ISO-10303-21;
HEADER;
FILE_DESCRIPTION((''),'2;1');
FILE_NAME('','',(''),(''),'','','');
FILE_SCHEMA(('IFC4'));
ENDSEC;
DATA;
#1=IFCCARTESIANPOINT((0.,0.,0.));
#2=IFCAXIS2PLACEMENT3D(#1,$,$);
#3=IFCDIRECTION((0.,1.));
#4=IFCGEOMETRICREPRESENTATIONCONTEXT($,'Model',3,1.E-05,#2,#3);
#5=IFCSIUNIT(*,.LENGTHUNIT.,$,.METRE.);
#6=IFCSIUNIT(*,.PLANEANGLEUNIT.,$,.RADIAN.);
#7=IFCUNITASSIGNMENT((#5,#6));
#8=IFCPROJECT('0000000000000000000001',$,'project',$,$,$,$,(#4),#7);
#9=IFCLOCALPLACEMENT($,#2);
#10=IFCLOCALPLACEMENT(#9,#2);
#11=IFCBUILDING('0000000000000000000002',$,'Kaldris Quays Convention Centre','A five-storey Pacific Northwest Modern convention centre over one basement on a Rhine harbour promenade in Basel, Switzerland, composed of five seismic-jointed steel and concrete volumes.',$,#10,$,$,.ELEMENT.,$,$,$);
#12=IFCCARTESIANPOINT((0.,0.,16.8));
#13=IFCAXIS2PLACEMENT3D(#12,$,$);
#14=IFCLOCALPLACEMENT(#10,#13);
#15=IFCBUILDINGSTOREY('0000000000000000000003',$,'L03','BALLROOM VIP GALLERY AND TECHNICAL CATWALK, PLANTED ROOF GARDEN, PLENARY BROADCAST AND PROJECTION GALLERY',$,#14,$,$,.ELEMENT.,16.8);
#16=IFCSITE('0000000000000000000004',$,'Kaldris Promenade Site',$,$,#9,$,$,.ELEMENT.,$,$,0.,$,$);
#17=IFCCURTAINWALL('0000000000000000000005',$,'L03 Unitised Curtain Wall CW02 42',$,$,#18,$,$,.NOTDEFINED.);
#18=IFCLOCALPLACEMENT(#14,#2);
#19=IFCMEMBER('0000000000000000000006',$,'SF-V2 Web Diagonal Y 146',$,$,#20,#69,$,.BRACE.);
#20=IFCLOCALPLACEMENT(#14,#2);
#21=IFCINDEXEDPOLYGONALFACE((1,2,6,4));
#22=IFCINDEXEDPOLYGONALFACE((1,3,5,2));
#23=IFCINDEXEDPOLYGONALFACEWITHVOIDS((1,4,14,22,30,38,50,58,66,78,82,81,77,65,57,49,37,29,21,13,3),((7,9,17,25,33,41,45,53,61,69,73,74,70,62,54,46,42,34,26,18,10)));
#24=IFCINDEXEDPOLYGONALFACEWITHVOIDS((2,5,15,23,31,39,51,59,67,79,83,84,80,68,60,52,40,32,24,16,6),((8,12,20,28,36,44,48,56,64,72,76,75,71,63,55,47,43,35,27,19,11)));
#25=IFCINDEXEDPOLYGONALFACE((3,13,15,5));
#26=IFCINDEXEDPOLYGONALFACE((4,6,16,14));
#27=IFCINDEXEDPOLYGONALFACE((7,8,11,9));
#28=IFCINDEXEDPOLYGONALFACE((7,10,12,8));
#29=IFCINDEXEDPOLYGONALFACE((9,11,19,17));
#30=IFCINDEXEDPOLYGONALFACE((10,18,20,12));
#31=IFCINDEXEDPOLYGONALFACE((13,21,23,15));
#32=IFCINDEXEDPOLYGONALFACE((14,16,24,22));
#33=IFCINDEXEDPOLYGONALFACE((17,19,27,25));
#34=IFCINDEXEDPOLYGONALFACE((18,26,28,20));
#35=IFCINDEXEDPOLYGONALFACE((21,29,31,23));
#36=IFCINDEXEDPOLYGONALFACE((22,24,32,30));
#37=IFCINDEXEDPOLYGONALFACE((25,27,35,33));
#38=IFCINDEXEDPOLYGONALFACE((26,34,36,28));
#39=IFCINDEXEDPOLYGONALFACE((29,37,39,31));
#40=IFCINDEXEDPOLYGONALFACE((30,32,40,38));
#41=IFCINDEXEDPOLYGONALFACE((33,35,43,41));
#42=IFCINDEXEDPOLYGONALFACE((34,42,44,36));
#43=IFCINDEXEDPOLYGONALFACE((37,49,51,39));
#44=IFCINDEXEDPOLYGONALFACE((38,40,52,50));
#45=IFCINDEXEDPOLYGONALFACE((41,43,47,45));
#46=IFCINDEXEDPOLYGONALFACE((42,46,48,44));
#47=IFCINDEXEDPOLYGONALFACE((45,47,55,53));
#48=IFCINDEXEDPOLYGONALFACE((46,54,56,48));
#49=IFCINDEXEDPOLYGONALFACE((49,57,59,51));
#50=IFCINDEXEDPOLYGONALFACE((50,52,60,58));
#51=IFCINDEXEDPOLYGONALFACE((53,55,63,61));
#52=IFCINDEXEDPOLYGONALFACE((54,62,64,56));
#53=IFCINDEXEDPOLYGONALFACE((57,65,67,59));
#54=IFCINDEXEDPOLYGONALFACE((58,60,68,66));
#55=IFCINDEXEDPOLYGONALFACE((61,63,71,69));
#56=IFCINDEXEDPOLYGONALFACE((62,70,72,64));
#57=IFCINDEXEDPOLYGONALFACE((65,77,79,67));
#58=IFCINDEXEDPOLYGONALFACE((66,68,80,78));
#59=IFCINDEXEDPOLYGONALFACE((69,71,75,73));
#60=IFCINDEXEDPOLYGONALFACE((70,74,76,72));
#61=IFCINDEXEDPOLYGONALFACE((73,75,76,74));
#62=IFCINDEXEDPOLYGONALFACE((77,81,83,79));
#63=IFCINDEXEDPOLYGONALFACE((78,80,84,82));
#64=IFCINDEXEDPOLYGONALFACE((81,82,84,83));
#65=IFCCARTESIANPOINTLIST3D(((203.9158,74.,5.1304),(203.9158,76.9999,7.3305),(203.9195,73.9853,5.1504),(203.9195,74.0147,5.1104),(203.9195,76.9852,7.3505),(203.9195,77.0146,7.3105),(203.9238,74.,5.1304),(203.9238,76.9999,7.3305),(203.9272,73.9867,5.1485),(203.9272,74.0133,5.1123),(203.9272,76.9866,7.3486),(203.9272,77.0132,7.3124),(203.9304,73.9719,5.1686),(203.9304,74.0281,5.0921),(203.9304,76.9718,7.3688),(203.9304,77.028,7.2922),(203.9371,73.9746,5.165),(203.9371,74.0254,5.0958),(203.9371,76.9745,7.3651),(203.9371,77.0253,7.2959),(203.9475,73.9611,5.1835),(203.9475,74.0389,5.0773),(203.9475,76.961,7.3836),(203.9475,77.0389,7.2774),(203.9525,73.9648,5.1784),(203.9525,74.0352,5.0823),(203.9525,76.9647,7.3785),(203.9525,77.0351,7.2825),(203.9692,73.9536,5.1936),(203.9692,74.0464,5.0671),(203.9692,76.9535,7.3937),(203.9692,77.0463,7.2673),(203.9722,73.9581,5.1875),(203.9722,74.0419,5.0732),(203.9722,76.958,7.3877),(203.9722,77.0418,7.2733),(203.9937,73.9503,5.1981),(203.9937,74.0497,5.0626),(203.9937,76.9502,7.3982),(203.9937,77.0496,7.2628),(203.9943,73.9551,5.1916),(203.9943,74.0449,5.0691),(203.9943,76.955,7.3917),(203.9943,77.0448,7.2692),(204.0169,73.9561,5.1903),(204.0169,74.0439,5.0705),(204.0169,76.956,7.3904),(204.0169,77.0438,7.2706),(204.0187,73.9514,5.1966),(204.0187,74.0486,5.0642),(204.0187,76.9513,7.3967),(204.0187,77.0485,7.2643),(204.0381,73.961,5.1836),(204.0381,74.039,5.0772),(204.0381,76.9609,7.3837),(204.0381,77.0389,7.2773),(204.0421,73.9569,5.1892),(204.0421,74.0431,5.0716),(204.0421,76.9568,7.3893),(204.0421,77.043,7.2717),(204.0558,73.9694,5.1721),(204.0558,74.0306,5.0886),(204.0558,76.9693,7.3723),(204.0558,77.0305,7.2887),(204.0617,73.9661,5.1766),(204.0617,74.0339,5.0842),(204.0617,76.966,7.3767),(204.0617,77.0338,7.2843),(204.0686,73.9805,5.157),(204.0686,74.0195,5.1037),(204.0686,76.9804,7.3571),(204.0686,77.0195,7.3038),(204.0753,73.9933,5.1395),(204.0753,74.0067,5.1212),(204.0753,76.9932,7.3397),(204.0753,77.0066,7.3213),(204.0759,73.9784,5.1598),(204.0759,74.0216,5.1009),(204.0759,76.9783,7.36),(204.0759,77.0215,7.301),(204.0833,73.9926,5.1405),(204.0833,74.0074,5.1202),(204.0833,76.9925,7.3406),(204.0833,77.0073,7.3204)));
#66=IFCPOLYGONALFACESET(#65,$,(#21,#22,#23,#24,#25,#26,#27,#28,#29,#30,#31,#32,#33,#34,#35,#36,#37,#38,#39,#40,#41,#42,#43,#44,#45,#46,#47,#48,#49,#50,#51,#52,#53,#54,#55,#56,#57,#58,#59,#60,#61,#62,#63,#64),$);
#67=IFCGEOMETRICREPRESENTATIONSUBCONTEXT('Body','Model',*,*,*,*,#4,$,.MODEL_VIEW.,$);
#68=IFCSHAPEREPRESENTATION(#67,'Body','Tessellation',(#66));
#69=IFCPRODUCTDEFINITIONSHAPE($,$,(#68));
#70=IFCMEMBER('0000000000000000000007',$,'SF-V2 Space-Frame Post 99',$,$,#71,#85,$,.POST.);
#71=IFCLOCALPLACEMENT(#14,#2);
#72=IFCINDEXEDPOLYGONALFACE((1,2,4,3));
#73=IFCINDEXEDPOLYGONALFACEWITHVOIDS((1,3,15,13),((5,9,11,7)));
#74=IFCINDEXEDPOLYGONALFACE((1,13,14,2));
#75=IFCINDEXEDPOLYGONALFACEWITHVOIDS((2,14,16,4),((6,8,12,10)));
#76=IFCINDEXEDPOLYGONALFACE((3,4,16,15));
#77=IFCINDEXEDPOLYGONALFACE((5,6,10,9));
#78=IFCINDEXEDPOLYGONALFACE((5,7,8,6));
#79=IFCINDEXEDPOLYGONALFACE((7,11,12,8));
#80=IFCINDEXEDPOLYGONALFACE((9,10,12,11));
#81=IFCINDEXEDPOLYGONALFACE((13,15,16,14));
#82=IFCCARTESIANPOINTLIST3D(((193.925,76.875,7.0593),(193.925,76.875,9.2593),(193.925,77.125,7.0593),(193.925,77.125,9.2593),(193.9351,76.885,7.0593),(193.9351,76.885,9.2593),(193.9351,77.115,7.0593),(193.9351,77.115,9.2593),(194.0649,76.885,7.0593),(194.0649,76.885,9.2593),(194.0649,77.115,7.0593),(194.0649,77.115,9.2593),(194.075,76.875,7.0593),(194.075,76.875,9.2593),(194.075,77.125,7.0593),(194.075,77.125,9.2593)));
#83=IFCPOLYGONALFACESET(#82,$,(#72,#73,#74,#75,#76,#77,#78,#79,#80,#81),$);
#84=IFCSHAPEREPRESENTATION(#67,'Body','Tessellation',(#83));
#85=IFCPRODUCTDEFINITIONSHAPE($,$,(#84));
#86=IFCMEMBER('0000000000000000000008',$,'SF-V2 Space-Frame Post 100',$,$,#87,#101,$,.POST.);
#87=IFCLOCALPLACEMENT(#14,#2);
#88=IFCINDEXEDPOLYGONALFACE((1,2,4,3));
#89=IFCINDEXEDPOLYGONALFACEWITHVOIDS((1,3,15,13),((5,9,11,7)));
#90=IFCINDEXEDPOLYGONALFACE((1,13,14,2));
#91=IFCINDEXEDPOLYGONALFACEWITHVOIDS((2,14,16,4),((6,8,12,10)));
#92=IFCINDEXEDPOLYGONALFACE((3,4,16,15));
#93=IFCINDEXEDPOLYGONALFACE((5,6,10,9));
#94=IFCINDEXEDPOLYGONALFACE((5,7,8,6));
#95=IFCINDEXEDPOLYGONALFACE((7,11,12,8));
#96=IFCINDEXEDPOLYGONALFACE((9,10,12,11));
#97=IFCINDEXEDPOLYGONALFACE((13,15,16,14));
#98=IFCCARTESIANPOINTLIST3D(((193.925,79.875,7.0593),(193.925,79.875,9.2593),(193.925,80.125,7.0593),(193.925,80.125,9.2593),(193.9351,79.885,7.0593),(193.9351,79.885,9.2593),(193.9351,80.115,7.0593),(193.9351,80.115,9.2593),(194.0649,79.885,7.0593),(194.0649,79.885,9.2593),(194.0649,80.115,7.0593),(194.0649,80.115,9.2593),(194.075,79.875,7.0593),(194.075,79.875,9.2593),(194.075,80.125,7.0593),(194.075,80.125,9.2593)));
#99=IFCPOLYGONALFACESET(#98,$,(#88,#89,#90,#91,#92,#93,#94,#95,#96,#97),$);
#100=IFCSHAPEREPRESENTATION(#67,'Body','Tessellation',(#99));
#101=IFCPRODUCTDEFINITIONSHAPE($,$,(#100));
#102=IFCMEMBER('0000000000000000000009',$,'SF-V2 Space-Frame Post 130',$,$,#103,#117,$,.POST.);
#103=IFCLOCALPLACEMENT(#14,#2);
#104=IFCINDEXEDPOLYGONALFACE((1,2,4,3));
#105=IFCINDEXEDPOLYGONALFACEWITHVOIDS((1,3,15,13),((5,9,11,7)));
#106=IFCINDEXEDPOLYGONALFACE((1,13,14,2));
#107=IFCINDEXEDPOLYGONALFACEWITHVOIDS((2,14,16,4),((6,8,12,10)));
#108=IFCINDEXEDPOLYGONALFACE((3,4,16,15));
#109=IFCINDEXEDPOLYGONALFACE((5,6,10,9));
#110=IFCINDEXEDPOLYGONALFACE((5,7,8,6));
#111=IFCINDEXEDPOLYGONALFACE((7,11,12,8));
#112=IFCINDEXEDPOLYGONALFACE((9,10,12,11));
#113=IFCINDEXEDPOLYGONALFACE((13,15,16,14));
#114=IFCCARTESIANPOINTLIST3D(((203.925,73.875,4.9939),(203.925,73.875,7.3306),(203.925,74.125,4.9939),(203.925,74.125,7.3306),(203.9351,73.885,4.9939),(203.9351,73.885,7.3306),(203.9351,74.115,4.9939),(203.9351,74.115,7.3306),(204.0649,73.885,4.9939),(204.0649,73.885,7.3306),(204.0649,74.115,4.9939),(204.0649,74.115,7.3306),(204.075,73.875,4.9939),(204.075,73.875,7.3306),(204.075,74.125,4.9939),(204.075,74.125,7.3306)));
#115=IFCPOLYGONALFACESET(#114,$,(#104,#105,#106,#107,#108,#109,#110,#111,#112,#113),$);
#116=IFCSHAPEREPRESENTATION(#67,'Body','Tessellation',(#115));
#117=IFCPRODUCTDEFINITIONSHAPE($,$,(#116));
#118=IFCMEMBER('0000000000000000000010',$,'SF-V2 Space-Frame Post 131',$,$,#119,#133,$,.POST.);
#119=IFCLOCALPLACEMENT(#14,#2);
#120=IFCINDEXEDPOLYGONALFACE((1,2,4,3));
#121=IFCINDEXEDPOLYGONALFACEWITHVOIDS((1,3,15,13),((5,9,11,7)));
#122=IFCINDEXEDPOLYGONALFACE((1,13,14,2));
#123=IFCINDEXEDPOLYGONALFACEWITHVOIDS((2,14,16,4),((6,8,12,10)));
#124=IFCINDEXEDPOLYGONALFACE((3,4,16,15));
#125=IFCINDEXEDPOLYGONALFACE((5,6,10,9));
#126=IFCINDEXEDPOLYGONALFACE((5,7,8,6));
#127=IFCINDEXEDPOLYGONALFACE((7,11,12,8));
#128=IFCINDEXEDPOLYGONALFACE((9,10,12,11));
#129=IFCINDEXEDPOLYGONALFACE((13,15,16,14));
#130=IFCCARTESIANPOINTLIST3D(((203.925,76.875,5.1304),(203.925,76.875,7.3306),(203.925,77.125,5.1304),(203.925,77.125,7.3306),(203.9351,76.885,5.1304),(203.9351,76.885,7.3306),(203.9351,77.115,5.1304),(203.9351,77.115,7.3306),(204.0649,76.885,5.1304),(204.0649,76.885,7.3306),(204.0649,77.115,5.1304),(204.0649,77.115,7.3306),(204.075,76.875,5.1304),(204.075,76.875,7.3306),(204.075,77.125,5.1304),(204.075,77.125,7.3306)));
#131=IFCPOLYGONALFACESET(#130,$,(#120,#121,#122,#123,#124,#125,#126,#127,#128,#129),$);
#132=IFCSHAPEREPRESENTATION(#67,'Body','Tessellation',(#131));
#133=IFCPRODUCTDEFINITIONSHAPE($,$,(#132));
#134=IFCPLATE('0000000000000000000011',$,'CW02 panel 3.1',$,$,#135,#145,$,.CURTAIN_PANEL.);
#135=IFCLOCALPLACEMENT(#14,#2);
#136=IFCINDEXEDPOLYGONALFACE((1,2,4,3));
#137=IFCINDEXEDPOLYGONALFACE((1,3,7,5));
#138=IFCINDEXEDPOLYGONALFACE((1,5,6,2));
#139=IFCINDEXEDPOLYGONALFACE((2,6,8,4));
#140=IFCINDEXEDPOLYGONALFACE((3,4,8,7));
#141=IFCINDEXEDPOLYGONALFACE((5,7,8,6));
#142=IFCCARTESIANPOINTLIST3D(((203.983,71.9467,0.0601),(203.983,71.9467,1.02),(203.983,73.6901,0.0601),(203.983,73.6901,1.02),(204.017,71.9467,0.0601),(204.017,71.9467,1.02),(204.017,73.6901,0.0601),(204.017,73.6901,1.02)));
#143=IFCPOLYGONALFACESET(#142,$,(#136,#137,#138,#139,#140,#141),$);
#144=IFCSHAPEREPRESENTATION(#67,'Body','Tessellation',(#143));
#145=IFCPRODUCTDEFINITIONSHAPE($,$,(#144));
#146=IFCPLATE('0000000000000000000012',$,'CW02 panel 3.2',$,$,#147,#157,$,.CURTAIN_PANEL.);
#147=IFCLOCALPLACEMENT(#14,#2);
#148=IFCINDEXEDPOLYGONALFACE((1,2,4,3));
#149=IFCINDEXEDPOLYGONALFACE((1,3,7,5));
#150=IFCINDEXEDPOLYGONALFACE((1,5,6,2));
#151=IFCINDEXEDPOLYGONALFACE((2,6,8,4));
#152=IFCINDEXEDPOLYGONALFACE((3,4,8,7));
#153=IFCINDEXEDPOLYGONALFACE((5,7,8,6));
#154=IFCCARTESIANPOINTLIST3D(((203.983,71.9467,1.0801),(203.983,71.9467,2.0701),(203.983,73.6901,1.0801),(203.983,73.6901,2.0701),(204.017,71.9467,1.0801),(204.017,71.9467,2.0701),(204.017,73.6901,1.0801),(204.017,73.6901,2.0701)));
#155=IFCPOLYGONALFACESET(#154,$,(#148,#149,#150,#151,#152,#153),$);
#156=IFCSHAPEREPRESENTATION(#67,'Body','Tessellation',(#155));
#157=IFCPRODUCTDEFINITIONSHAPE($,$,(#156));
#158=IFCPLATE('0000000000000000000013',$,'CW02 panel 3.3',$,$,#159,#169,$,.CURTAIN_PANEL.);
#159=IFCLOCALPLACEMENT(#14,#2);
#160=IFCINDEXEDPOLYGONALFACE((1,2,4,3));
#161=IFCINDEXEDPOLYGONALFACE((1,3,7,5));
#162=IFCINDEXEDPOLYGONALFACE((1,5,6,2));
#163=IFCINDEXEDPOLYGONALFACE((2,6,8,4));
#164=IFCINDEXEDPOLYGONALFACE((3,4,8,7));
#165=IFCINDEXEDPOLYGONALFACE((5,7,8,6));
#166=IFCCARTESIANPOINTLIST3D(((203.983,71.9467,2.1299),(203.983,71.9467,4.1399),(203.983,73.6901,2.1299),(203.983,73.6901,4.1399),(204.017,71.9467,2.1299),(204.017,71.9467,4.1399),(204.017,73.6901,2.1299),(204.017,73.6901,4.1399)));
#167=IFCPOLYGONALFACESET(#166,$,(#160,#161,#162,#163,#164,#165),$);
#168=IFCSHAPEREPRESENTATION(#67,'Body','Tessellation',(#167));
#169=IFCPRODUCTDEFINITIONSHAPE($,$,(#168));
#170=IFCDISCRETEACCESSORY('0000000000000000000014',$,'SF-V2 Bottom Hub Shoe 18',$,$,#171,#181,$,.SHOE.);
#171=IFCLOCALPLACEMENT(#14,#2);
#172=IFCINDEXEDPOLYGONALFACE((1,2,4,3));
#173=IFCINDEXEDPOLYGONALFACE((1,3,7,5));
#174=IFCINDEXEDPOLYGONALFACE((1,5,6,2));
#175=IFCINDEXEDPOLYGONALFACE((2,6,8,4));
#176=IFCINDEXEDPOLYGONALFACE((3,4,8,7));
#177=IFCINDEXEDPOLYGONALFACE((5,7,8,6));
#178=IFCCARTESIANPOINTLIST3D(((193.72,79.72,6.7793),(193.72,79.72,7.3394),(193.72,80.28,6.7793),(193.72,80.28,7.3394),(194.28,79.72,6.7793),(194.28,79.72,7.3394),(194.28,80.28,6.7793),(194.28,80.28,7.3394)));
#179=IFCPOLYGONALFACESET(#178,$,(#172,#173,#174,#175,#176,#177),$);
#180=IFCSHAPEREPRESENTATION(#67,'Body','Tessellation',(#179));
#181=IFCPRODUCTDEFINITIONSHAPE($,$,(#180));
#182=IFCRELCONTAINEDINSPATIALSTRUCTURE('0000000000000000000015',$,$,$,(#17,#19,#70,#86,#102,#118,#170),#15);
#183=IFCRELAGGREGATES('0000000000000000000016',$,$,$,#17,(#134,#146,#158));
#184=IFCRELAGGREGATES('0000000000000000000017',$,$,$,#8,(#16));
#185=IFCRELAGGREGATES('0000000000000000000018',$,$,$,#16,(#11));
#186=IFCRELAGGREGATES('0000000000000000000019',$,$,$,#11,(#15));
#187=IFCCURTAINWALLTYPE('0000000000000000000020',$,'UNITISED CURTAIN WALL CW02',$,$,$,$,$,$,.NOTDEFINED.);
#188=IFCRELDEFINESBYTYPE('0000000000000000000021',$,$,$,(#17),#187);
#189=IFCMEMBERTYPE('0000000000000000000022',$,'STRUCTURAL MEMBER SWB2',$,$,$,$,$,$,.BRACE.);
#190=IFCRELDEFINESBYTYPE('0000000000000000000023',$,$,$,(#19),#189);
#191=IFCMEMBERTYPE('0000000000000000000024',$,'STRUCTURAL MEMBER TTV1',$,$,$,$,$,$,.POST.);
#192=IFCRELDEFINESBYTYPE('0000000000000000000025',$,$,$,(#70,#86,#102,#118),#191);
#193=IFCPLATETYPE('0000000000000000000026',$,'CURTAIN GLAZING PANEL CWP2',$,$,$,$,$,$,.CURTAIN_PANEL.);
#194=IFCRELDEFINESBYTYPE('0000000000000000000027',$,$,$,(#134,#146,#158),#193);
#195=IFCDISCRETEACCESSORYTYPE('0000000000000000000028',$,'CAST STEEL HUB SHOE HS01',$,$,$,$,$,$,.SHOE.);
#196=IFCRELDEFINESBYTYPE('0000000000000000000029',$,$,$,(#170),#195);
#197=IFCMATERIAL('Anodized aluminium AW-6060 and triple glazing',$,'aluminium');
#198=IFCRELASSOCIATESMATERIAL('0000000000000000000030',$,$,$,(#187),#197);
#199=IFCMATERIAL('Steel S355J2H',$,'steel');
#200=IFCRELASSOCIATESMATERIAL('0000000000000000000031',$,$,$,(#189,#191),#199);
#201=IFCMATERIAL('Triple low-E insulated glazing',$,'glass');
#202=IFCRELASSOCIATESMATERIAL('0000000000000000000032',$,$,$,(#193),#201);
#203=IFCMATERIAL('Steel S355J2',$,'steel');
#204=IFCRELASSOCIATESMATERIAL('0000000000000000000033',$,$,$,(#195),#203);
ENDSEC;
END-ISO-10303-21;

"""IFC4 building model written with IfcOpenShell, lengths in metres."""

from ifc_helpers import new_model, si_unit, direction, frame, origin, origin_2d, place, context, subcontext, project, spatial, rectangle, hollow_rectangle, hollow_circle, extrude, material, material_profile, profile_set, type_object, element, aggregate, save


model = new_model("IFC4")

# Units and contexts
model_context = context("Model", 3, precision=1e-05, world=origin(), true_north=direction((0.0, 1.0)))
body_context = subcontext(model_context, "Body", "Model", "MODEL_VIEW")
ifc_project = project(units=[si_unit("LENGTHUNIT", "METRE"), si_unit("PLANEANGLEUNIT", "RADIAN")], contexts=[model_context])

# Site, building, storey
site_placement = place(None, origin())
site = spatial("IfcSite", under=ifc_project, at=site_placement, Name="Kaldris Promenade Site", CompositionType="ELEMENT", RefElevation=0.0)
building_placement = place(site_placement, origin())
building = spatial("IfcBuilding", under=site, at=building_placement, Name="Kaldris Quays Convention Centre", Description="A five-storey Pacific Northwest Modern convention centre over one basement on a Rhine harbour promenade in Basel, Switzerland, composed of five seismic-jointed steel and concrete volumes.", CompositionType="ELEMENT")
storey_placement = place(building_placement, frame((0.0, 0.0, 16.8)))
storey = spatial("IfcBuildingStorey", under=building, at=storey_placement, Name="L03", Description="BALLROOM VIP GALLERY AND TECHNICAL CATWALK, PLANTED ROOF GARDEN, PLENARY BROADCAST AND PROJECTION GALLERY", CompositionType="ELEMENT", Elevation=16.8)

# Shared definitions
ifc_material_1 = material(Name="Steel S355J2", Category="steel")

# Curtain wall
ifc_material_2 = material(Name="Anodized aluminium AW-6060 and triple glazing", Category="aluminium")
curtain_wall_type = type_object("IfcCurtainWallType", Name="UNITISED CURTAIN WALL CW02", PredefinedType="NOTDEFINED", material=ifc_material_2)
curtain_wall_placement = place(storey_placement, origin())
curtain_wall = element("IfcCurtainWall", 1, at=curtain_wall_placement, inside=storey, type_object=curtain_wall_type, Name="L03 Unitised Curtain Wall CW02 42", PredefinedType="NOTDEFINED")

# Members
ifc_material_3 = material(Name="Steel S355J2H", Category="steel")
ifc_material_profile_1 = material_profile(ifc_material_3, hollow_circle(Radius=0.0842, WallThickness=0.0081, at=origin_2d()), Name="CHS 168.3x8")
ifc_profile_set_1 = profile_set([ifc_material_profile_1], Name="Steel S355J2H")
member_type_1 = type_object("IfcMemberType", Name="STRUCTURAL MEMBER SWB2", PredefinedType="BRACE", material=ifc_profile_set_1)
for number, where, z_axis, x_axis, name in (
    (2, (204.0, 74.0, 5.1304), (0.0, 0.80638, 0.591398), (-1.0, 0.0, 0.0), "SF-V2 Web Diagonal Y 146"),
):
    element("IfcMember", number, at=place(storey_placement, frame(where, z_axis=z_axis, x_axis=x_axis)), inside=storey, type_object=member_type_1, Name=name, PredefinedType="BRACE", context=body_context, shape_type="SweptSolid", body=[
        extrude(hollow_circle(Radius=0.0842, WallThickness=0.0081, at=origin_2d()), origin(), (0.0, 0.0, 1.0), 3.7202),
    ])
ifc_material_profile_2 = material_profile(ifc_material_3, hollow_rectangle(XDim=0.1499, YDim=0.25, WallThickness=0.01, at=origin_2d()), Name="RHS 250x150x10")
ifc_profile_set_2 = profile_set([ifc_material_profile_2], Name="Steel S355J2H")
member_type_2 = type_object("IfcMemberType", Name="STRUCTURAL MEMBER TTV1", PredefinedType="POST", material=ifc_profile_set_2)
for number, where, z_axis, x_axis, name in (
    (3, (194.0, 77.0, 7.0593), (0.0, 0.0, 1.0), (1.0, 0.0, 0.0), "SF-V2 Space-Frame Post 99"),
    (4, (194.0, 80.0, 7.0593), (0.0, 0.0, 1.0), (1.0, 0.0, 0.0), "SF-V2 Space-Frame Post 100"),
):
    element("IfcMember", number, at=place(storey_placement, frame(where, z_axis=z_axis, x_axis=x_axis)), inside=storey, type_object=member_type_2, Name=name, PredefinedType="POST", context=body_context, shape_type="SweptSolid", body=[
        extrude(hollow_rectangle(XDim=0.1499, YDim=0.25, WallThickness=0.01, at=origin_2d()), origin(), (0.0, 0.0, 1.0), 2.2),
    ])
member_1_placement = place(storey_placement, frame((204.0, 74.0, 4.9939), z_axis=(0.0, 0.0, 1.0), x_axis=(1.0, 0.0, 0.0)))
element("IfcMember", 5, at=member_1_placement, inside=storey, type_object=member_type_2, Name="SF-V2 Space-Frame Post 130", PredefinedType="POST", context=body_context, shape_type="SweptSolid", body=[
    extrude(hollow_rectangle(XDim=0.1499, YDim=0.25, WallThickness=0.01, at=origin_2d()), origin(), (0.0, 0.0, 1.0), 2.3367),
])
member_2_placement = place(storey_placement, frame((204.0, 77.0, 5.1304), z_axis=(0.0, 0.0, 1.0), x_axis=(1.0, 0.0, 0.0)))
element("IfcMember", 6, at=member_2_placement, inside=storey, type_object=member_type_2, Name="SF-V2 Space-Frame Post 131", PredefinedType="POST", context=body_context, shape_type="SweptSolid", body=[
    extrude(hollow_rectangle(XDim=0.1499, YDim=0.25, WallThickness=0.01, at=origin_2d()), origin(), (0.0, 0.0, 1.0), 2.2002),
])

# Plates
ifc_material_4 = material(Name="Triple low-E insulated glazing", Category="glass")
plate_type = type_object("IfcPlateType", Name="CURTAIN GLAZING PANEL CWP2", PredefinedType="CURTAIN_PANEL", material=ifc_material_4)
plate_1_placement = place(storey_placement, frame((204.0, 72.8184, 0.0601), z_axis=(0.0, 0.0, 1.0), x_axis=(0.0, 1.0, 0.0)))
plate_1 = element("IfcPlate", 7, at=plate_1_placement, type_object=plate_type, Name="CW02 panel 3.1", PredefinedType="CURTAIN_PANEL", context=body_context, shape_type="SweptSolid", body=[
    extrude(rectangle(XDim=1.7434, YDim=0.0339, at=origin_2d()), origin(), (0.0, 0.0, 1.0), 0.96),
])
plate_2_placement = place(storey_placement, frame((204.0, 72.8184, 1.0801), z_axis=(0.0, 0.0, 1.0), x_axis=(0.0, 1.0, 0.0)))
plate_2 = element("IfcPlate", 8, at=plate_2_placement, type_object=plate_type, Name="CW02 panel 3.2", PredefinedType="CURTAIN_PANEL", context=body_context, shape_type="SweptSolid", body=[
    extrude(rectangle(XDim=1.7434, YDim=0.0339, at=origin_2d()), origin(), (0.0, 0.0, 1.0), 0.99),
])
plate_3_placement = place(storey_placement, frame((204.0, 72.8184, 2.1299), z_axis=(0.0, 0.0, 1.0), x_axis=(0.0, 1.0, 0.0)))
plate_3 = element("IfcPlate", 9, at=plate_3_placement, type_object=plate_type, Name="CW02 panel 3.3", PredefinedType="CURTAIN_PANEL", context=body_context, shape_type="SweptSolid", body=[
    extrude(rectangle(XDim=1.7434, YDim=0.0339, at=origin_2d()), origin(), (0.0, 0.0, 1.0), 2.01),
])
aggregate(curtain_wall, [plate_1, plate_2, plate_3])

# Discrete accessory
discrete_accessory_type = type_object("IfcDiscreteAccessoryType", Name="CAST STEEL HUB SHOE HS01", PredefinedType="SHOE", material=ifc_material_1)
discrete_accessory_placement = place(storey_placement, frame((194.0, 80.0, 6.7793), z_axis=(0.0, 0.0, 1.0), x_axis=(1.0, 0.0, 0.0)))
element("IfcDiscreteAccessory", 10, at=discrete_accessory_placement, inside=storey, type_object=discrete_accessory_type, Name="SF-V2 Bottom Hub Shoe 18", PredefinedType="SHOE", context=body_context, shape_type="SweptSolid", body=[
    extrude(rectangle(XDim=0.5601, YDim=0.5601, at=origin_2d()), origin(), (0.0, 0.0, 1.0), 0.5601),
])

save(model, "model.ifc")
